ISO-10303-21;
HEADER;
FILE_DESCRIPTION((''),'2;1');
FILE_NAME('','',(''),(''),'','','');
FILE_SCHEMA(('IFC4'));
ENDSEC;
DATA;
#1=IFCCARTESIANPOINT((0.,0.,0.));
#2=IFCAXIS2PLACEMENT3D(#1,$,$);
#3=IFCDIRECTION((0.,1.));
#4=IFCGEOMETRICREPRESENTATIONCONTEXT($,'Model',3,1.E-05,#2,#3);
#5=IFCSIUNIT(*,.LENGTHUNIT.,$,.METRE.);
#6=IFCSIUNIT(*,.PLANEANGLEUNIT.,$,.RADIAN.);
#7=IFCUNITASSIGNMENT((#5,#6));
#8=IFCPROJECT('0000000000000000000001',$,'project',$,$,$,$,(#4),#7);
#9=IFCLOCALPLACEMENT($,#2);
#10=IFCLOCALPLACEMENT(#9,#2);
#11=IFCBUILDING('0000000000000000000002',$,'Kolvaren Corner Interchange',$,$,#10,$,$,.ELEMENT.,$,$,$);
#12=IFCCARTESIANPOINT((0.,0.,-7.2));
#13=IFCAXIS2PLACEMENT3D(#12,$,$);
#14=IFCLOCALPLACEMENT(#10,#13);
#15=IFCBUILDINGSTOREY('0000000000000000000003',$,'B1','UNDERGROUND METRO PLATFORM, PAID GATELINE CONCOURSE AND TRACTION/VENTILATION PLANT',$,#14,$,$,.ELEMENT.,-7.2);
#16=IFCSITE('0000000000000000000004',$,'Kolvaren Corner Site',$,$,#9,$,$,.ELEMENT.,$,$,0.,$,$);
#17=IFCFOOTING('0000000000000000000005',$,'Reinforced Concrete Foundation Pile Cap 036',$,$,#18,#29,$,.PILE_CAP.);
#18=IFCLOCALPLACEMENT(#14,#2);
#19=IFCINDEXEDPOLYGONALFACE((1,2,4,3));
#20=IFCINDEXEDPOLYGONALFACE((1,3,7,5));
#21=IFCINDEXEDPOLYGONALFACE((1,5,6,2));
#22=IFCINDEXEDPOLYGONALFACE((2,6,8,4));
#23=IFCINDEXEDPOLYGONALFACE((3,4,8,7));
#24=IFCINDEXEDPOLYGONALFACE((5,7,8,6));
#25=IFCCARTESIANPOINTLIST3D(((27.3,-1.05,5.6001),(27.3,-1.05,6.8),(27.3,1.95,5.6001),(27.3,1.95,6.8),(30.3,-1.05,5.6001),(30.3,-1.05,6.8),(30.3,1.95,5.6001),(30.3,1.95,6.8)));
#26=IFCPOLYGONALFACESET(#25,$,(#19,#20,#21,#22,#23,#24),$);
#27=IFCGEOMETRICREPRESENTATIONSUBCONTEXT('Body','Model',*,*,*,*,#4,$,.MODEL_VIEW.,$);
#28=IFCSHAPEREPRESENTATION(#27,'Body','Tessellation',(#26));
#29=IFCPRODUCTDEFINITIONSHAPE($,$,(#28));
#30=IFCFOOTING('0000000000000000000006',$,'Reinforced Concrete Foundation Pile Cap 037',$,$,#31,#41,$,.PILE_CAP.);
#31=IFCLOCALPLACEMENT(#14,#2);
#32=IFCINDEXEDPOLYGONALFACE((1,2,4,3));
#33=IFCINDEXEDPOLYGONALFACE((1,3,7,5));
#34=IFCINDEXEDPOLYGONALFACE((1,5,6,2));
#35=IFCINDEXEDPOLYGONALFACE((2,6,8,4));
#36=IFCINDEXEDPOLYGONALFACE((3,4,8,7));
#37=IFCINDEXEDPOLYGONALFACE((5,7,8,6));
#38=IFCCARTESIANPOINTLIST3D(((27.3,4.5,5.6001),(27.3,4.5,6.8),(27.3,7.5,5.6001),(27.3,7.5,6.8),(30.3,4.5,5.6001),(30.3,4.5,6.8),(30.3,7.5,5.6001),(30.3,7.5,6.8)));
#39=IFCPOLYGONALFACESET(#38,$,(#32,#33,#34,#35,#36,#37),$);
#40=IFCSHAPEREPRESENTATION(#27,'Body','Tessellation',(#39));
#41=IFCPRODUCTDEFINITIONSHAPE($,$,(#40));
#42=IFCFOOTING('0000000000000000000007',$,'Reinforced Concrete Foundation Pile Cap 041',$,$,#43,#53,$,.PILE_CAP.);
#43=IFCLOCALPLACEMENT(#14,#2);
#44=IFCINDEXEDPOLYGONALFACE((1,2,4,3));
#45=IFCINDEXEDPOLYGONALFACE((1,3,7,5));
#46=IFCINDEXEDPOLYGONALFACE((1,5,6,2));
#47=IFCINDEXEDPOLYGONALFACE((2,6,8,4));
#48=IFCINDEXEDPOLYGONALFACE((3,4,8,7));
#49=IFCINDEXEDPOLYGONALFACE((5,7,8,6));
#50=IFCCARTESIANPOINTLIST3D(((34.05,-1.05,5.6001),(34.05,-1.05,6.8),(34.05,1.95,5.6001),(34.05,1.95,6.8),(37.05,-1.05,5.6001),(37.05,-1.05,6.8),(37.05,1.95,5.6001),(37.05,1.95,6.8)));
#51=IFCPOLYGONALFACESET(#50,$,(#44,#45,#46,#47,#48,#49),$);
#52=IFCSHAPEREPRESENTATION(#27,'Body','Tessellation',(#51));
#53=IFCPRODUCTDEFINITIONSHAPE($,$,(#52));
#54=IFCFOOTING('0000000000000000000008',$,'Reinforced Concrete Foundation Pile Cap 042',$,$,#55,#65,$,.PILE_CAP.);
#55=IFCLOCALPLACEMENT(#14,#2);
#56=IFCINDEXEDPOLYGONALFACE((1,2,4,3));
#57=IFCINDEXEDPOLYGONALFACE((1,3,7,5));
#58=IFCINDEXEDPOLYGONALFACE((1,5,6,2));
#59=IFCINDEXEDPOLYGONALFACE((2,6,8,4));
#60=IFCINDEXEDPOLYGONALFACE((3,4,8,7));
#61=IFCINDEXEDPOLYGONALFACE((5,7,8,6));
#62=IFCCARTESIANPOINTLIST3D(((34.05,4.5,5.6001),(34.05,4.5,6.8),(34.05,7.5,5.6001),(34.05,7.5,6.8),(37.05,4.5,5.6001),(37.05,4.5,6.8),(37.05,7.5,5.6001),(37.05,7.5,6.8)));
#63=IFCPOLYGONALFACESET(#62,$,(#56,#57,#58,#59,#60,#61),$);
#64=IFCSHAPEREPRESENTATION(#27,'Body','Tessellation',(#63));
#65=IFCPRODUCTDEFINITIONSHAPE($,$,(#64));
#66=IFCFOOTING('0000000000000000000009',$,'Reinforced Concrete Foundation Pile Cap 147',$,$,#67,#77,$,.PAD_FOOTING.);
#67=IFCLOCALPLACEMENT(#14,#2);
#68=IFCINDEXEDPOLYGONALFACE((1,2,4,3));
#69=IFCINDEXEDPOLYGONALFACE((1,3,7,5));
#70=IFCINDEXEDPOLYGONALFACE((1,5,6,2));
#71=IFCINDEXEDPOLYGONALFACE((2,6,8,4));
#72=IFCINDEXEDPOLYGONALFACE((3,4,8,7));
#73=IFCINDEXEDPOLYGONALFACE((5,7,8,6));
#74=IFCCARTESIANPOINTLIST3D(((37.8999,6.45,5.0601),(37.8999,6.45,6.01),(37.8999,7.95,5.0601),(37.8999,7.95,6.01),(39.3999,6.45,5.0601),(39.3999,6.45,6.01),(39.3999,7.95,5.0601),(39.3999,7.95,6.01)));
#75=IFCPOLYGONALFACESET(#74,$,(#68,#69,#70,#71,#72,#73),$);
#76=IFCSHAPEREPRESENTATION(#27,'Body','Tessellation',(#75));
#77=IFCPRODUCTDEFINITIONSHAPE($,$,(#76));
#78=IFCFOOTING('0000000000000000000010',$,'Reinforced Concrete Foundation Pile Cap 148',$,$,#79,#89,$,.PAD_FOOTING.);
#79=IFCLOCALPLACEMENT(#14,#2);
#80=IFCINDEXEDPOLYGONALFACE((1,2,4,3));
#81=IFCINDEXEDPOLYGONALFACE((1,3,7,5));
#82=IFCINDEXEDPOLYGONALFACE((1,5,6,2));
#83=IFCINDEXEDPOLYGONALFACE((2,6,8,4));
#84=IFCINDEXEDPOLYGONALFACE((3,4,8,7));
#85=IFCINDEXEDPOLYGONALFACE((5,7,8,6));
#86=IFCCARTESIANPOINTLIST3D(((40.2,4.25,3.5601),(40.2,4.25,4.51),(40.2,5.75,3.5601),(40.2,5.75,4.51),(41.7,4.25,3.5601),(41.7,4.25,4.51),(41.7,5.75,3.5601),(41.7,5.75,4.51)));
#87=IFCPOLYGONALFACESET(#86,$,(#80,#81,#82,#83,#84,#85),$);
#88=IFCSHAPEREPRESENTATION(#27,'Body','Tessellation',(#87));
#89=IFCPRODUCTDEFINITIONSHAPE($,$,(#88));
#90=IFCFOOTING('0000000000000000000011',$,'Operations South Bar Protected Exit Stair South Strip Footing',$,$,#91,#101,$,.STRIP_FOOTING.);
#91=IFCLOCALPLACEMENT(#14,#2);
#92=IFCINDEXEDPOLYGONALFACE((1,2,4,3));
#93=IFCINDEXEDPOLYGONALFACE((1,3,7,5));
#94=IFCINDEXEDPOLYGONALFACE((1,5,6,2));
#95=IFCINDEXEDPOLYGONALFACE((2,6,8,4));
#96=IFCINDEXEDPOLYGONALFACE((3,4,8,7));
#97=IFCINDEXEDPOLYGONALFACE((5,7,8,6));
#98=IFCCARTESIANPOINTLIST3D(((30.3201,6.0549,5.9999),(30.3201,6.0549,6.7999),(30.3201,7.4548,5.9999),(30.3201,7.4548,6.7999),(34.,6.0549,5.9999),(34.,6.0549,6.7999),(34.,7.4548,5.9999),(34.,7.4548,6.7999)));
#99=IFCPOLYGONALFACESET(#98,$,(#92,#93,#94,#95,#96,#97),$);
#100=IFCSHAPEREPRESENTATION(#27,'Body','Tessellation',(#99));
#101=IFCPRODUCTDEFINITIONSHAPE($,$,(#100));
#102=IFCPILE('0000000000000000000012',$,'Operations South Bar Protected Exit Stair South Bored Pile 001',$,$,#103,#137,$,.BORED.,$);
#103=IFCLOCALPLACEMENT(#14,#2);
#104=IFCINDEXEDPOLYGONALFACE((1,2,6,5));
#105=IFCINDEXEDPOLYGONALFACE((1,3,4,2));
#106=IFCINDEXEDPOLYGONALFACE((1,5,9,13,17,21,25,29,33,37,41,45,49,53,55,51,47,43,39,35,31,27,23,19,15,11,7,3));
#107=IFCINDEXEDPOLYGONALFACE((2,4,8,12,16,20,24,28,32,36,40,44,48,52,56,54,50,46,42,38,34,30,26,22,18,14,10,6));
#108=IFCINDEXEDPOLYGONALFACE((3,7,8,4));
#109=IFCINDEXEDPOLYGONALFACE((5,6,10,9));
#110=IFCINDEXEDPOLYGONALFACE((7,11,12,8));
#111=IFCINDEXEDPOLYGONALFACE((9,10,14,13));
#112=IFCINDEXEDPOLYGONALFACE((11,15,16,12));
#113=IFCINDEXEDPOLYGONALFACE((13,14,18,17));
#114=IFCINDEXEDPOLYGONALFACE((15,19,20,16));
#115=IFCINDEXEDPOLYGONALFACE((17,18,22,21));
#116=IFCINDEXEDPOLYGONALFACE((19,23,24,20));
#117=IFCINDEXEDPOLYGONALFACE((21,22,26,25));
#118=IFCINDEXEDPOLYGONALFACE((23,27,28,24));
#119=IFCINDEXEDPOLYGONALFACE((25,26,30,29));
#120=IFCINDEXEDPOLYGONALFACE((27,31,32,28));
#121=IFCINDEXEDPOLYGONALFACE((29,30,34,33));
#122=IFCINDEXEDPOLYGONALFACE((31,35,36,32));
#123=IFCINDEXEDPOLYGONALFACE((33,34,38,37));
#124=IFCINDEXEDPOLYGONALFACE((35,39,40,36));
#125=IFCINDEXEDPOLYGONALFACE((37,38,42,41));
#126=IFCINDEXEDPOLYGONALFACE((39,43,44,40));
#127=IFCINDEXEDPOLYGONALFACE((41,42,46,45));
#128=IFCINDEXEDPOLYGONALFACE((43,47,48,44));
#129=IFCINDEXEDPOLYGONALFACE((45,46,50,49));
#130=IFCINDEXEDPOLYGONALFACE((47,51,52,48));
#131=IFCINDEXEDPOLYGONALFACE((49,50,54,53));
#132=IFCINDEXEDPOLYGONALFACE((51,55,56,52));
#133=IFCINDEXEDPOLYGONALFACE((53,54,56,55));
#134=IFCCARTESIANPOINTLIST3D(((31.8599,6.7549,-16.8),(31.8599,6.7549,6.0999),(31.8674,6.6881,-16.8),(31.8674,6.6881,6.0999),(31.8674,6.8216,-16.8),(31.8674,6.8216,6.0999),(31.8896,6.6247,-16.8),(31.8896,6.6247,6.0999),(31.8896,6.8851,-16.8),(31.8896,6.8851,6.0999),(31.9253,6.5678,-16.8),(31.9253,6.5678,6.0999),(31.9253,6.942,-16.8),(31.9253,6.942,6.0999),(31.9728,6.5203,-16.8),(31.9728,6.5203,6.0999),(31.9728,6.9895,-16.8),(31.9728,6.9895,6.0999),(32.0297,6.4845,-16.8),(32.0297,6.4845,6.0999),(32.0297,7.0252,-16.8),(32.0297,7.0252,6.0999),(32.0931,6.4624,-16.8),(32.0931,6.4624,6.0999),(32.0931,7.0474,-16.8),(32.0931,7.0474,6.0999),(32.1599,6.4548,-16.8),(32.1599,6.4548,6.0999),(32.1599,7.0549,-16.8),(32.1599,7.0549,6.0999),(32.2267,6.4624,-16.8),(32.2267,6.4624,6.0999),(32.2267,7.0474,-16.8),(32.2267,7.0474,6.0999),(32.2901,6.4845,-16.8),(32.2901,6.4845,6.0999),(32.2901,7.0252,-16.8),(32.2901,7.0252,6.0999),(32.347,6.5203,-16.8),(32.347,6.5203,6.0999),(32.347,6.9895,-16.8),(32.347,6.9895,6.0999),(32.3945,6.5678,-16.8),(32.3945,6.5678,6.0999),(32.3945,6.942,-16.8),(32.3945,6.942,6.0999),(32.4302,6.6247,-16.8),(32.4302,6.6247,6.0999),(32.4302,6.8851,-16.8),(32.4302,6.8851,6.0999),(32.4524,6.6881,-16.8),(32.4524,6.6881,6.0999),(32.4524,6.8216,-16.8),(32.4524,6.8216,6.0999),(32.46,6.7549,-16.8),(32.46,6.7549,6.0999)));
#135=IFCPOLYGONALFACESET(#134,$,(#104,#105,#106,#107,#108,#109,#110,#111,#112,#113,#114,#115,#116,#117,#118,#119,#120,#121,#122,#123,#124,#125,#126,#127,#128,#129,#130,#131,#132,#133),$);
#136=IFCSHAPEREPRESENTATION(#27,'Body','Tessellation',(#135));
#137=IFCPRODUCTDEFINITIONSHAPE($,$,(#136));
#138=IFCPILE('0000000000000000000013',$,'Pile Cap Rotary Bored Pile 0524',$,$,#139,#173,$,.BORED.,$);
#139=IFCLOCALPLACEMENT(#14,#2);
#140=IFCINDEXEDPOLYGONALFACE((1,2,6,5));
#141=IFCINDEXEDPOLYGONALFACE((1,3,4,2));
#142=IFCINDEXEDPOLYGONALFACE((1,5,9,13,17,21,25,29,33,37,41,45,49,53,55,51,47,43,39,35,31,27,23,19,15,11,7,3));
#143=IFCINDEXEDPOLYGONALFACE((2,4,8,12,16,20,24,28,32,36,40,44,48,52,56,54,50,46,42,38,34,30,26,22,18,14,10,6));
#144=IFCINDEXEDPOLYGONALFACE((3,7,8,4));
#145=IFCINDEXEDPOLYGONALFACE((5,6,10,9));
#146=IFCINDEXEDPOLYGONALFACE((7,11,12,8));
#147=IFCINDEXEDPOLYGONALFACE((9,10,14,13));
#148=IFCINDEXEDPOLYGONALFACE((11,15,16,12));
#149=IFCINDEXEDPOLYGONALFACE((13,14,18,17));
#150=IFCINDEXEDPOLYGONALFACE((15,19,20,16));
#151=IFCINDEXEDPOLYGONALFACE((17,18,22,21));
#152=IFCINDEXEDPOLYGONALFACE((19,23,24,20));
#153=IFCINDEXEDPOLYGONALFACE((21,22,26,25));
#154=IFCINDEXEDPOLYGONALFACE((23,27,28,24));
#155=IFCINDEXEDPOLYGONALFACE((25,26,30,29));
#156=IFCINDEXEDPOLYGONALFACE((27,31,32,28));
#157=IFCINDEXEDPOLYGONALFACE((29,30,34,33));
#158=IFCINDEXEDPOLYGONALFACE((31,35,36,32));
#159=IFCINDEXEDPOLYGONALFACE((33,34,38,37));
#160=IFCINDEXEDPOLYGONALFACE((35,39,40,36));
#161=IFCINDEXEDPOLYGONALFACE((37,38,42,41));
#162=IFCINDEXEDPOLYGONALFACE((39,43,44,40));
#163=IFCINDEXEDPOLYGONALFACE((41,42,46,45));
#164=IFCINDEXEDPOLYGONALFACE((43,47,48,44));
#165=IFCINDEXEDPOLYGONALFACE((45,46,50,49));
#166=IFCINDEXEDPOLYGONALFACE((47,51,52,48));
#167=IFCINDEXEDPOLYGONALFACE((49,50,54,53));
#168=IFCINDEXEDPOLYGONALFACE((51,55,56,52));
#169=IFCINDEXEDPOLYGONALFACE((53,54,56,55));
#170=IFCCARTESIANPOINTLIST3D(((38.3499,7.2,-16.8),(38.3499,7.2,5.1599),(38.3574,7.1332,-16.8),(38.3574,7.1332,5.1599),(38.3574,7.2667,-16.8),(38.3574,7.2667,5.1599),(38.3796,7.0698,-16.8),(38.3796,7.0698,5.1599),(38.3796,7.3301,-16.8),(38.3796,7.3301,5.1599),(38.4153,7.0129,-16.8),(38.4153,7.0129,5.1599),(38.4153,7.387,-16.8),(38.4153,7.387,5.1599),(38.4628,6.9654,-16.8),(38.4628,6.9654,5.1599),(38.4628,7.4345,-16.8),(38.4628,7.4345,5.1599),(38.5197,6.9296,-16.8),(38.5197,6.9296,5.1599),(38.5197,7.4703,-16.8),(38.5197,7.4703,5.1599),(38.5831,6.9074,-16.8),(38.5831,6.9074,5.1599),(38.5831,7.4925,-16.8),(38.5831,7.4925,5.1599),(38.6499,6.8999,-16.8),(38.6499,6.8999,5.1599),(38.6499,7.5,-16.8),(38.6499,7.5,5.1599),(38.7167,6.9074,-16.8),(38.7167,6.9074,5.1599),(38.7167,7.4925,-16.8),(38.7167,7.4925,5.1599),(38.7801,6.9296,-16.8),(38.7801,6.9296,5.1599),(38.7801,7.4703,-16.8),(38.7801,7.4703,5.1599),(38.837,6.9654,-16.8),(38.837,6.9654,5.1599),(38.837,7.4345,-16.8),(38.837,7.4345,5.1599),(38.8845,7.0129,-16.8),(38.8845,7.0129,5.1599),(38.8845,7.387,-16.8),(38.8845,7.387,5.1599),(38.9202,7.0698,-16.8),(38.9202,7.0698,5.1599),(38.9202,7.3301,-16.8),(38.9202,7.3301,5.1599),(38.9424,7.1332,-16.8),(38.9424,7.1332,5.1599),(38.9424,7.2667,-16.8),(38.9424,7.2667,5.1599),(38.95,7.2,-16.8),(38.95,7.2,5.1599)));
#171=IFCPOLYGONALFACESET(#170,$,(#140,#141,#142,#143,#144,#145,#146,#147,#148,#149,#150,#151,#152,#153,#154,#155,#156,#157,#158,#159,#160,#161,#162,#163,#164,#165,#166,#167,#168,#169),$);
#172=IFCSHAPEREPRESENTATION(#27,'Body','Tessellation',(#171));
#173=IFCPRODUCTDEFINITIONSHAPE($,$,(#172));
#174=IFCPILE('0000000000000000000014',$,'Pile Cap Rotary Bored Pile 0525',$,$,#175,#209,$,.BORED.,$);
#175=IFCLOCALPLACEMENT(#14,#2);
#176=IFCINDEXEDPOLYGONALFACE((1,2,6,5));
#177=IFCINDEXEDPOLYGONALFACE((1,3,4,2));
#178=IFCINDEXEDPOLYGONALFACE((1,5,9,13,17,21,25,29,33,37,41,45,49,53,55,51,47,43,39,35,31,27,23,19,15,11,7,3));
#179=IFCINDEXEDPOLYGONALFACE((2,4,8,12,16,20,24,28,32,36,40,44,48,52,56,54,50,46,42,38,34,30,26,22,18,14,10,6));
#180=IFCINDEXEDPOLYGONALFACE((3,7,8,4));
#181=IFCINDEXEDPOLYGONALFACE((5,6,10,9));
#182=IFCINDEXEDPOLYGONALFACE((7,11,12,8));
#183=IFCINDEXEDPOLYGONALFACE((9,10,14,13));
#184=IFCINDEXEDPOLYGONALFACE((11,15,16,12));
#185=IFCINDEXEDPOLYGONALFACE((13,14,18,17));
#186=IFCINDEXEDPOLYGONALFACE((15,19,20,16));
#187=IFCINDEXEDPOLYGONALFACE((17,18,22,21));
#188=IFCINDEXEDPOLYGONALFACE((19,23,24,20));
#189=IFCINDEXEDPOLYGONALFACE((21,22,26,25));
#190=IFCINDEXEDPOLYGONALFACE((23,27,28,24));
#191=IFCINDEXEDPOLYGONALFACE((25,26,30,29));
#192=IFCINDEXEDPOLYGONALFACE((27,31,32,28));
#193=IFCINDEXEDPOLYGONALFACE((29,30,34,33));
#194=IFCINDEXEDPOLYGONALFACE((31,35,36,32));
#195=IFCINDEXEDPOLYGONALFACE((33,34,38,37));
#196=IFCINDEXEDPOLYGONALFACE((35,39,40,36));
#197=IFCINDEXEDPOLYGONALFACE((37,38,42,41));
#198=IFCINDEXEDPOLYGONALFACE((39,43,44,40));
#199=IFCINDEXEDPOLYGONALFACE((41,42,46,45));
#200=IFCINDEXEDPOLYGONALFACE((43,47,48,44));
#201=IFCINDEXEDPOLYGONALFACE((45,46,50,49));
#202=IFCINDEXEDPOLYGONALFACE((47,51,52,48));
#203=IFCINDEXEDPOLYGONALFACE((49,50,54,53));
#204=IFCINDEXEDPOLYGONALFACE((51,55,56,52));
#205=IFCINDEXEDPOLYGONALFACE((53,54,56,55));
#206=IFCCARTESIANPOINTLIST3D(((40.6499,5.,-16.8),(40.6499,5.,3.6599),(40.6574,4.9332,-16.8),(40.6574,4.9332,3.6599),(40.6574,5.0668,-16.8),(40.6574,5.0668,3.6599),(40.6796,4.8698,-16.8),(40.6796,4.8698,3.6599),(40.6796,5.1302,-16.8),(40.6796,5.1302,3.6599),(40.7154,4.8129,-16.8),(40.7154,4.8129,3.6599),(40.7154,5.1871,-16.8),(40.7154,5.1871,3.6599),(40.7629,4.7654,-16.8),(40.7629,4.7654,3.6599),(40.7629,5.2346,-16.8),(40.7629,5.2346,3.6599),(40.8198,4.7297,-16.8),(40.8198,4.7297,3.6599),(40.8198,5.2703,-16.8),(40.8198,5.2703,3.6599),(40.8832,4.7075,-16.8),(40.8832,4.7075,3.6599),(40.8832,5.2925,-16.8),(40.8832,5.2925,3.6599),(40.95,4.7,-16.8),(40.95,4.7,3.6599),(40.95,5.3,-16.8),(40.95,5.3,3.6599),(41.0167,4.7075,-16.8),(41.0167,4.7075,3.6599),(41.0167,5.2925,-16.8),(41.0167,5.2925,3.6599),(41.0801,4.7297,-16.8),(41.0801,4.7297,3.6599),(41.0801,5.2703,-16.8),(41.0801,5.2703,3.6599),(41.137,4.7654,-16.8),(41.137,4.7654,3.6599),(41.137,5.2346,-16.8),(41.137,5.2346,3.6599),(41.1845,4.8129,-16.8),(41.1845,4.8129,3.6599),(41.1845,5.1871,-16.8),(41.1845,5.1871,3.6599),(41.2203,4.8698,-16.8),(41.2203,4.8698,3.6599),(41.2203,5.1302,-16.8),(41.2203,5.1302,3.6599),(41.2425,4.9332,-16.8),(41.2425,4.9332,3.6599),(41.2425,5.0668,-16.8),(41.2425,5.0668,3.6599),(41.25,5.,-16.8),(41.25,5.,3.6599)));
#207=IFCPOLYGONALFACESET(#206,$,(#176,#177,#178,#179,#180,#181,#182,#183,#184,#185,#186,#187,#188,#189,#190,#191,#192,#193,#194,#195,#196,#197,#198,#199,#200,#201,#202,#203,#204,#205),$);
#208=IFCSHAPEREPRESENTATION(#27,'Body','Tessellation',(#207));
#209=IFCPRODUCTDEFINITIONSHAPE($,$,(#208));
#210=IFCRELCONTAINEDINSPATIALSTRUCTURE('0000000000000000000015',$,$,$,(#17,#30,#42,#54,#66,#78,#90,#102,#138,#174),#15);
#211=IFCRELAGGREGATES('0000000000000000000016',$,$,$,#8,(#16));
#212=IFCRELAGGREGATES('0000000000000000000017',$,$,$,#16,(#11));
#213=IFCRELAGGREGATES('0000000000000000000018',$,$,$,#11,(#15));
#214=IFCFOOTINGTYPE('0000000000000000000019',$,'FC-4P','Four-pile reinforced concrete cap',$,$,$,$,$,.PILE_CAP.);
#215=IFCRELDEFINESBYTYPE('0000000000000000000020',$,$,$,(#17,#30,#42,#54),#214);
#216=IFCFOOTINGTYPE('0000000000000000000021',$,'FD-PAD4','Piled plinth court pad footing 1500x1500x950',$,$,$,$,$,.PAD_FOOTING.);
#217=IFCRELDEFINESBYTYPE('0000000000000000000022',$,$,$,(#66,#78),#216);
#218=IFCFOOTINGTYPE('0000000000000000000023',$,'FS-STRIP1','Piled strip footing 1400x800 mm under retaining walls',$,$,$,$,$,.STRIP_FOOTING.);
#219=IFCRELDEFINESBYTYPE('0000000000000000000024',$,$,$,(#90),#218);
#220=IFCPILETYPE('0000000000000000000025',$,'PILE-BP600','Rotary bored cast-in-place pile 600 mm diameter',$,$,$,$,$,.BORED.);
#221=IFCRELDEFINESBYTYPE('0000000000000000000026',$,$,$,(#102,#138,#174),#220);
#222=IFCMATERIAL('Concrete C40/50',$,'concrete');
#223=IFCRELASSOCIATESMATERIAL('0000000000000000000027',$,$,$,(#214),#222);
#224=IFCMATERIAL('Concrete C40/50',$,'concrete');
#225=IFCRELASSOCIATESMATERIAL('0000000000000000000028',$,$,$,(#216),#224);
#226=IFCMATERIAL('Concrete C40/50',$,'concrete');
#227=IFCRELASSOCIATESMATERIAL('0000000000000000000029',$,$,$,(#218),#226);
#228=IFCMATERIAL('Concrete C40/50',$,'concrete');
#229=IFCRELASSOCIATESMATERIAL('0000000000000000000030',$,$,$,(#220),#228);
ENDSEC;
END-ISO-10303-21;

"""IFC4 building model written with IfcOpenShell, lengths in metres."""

from ifc_helpers import new_model, si_unit, direction, frame, origin, origin_2d, place, context, subcontext, project, spatial, rectangle, circle, extrude, material, material_profile, profile_set, type_object, element, save


model = new_model("IFC4")

# Units and contexts
model_context = context("Model", 3, precision=1e-05, world=origin(), true_north=direction((0.0, 1.0)))
body_context = subcontext(model_context, "Body", "Model", "MODEL_VIEW")
ifc_project = project(units=[si_unit("LENGTHUNIT", "METRE"), si_unit("PLANEANGLEUNIT", "RADIAN")], contexts=[model_context])

# Site, building, storey
site_placement = place(None, origin())
site = spatial("IfcSite", under=ifc_project, at=site_placement, Name="Kolvaren Corner Site", CompositionType="ELEMENT", RefElevation=0.0)
building_placement = place(site_placement, origin())
building = spatial("IfcBuilding", under=site, at=building_placement, Name="Kolvaren Corner Interchange", CompositionType="ELEMENT")
storey_placement = place(building_placement, frame((0.0, 0.0, -7.2)))
storey = spatial("IfcBuildingStorey", under=building, at=storey_placement, Name="B1", Description="UNDERGROUND METRO PLATFORM, PAID GATELINE CONCOURSE AND TRACTION/VENTILATION PLANT", CompositionType="ELEMENT", Elevation=-7.2)

# Footings
ifc_material_1 = material(Name="Concrete C40/50", Category="concrete")
footing_type_1 = type_object("IfcFootingType", Name="FC-4P", Description="Four-pile reinforced concrete cap", PredefinedType="PILE_CAP", material=ifc_material_1)
for number, where, z_axis, x_axis, name in (
    (1, (28.8, 0.45, 5.6001), (0.0, 0.0, 1.0), (1.0, 0.0, 0.0), "Reinforced Concrete Foundation Pile Cap 036"),
    (2, (28.8, 6.0, 5.6001), (0.0, 0.0, 1.0), (1.0, 0.0, 0.0), "Reinforced Concrete Foundation Pile Cap 037"),
    (3, (35.55, 0.45, 5.6001), (0.0, 0.0, 1.0), (1.0, 0.0, 0.0), "Reinforced Concrete Foundation Pile Cap 041"),
    (4, (35.55, 6.0, 5.6001), (0.0, 0.0, 1.0), (1.0, 0.0, 0.0), "Reinforced Concrete Foundation Pile Cap 042"),
):
    element("IfcFooting", number, at=place(storey_placement, frame(where, z_axis=z_axis, x_axis=x_axis)), inside=storey, type_object=footing_type_1, Name=name, PredefinedType="PILE_CAP", context=body_context, shape_type="SweptSolid", body=[
        extrude(rectangle(XDim=3.0, YDim=3.0, at=origin_2d()), origin(), (0.0, 0.0, 1.0), 1.2),
    ])
ifc_material_2 = material(Name="Concrete C40/50", Category="concrete")
footing_type_2 = type_object("IfcFootingType", Name="FD-PAD4", Description="Piled plinth court pad footing 1500x1500x950", PredefinedType="PAD_FOOTING", material=ifc_material_2)
for number, where, z_axis, x_axis, name in (
    (5, (38.6499, 7.2, 5.0601), (0.0, 0.0, 1.0), (1.0, 0.0, 0.0), "Reinforced Concrete Foundation Pile Cap 147"),
    (6, (40.95, 5.0, 3.5601), (0.0, 0.0, 1.0), (1.0, 0.0, 0.0), "Reinforced Concrete Foundation Pile Cap 148"),
):
    element("IfcFooting", number, at=place(storey_placement, frame(where, z_axis=z_axis, x_axis=x_axis)), inside=storey, type_object=footing_type_2, Name=name, PredefinedType="PAD_FOOTING", context=body_context, shape_type="SweptSolid", body=[
        extrude(rectangle(XDim=1.5, YDim=1.5, at=origin_2d()), origin(), (0.0, 0.0, 1.0), 0.95),
    ])
ifc_material_3 = material(Name="Concrete C40/50", Category="concrete")
ifc_material_profile_1 = material_profile(ifc_material_3, rectangle(XDim=1.3999, YDim=0.8, at=origin_2d()), Name="STRIP 1400x800")
ifc_profile_set_1 = profile_set([ifc_material_profile_1], Name="Concrete C40/50")
footing_type_3 = type_object("IfcFootingType", Name="FS-STRIP1", Description="Piled strip footing 1400x800 mm under retaining walls", PredefinedType="STRIP_FOOTING", material=ifc_profile_set_1)
footing_placement = place(storey_placement, frame((30.3201, 6.7549, 6.3999), z_axis=(1.0, 0.0, 0.0), x_axis=(0.0, 1.0, 0.0)))
element("IfcFooting", 7, at=footing_placement, inside=storey, type_object=footing_type_3, Name="Operations South Bar Protected Exit Stair South Strip Footing", PredefinedType="STRIP_FOOTING", context=body_context, shape_type="SweptSolid", body=[
    extrude(rectangle(XDim=1.3999, YDim=0.8, at=origin_2d()), origin(), (0.0, 0.0, 1.0), 3.6799),
])

# Piles
ifc_material_4 = material(Name="Concrete C40/50", Category="concrete")
ifc_material_profile_2 = material_profile(ifc_material_4, circle(Radius=0.3, at=origin_2d()), Name="BORED PILE 600")
ifc_profile_set_2 = profile_set([ifc_material_profile_2], Name="Concrete C40/50")
pile_type_1 = type_object("IfcPileType", Name="PILE-BP600", Description="Rotary bored cast-in-place pile 600 mm diameter", PredefinedType="BORED", material=ifc_profile_set_2)
pile_1_placement = place(storey_placement, frame((32.1599, 6.7549, 6.0999), z_axis=(0.0, 0.0, -1.0), x_axis=(1.0, 0.0, 0.0)))
element("IfcPile", 8, at=pile_1_placement, inside=storey, type_object=pile_type_1, Name="Operations South Bar Protected Exit Stair South Bored Pile 001", PredefinedType="BORED", context=body_context, shape_type="SweptSolid", body=[
    extrude(circle(Radius=0.3, at=origin_2d()), origin(), (0.0, 0.0, 1.0), 22.8999),
])
pile_2_placement = place(storey_placement, frame((38.6499, 7.2, 5.1599), z_axis=(0.0, 0.0, -1.0), x_axis=(1.0, 0.0, 0.0)))
element("IfcPile", 9, at=pile_2_placement, inside=storey, type_object=pile_type_1, Name="Pile Cap Rotary Bored Pile 0524", PredefinedType="BORED", context=body_context, shape_type="SweptSolid", body=[
    extrude(circle(Radius=0.3, at=origin_2d()), origin(), (0.0, 0.0, 1.0), 21.96),
])
pile_3_placement = place(storey_placement, frame((40.95, 5.0, 3.6599), z_axis=(0.0, 0.0, -1.0), x_axis=(1.0, 0.0, 0.0)))
element("IfcPile", 10, at=pile_3_placement, inside=storey, type_object=pile_type_1, Name="Pile Cap Rotary Bored Pile 0525", PredefinedType="BORED", context=body_context, shape_type="SweptSolid", body=[
    extrude(circle(Radius=0.3, at=origin_2d()), origin(), (0.0, 0.0, 1.0), 20.46),
])

save(model, "model.ifc")
